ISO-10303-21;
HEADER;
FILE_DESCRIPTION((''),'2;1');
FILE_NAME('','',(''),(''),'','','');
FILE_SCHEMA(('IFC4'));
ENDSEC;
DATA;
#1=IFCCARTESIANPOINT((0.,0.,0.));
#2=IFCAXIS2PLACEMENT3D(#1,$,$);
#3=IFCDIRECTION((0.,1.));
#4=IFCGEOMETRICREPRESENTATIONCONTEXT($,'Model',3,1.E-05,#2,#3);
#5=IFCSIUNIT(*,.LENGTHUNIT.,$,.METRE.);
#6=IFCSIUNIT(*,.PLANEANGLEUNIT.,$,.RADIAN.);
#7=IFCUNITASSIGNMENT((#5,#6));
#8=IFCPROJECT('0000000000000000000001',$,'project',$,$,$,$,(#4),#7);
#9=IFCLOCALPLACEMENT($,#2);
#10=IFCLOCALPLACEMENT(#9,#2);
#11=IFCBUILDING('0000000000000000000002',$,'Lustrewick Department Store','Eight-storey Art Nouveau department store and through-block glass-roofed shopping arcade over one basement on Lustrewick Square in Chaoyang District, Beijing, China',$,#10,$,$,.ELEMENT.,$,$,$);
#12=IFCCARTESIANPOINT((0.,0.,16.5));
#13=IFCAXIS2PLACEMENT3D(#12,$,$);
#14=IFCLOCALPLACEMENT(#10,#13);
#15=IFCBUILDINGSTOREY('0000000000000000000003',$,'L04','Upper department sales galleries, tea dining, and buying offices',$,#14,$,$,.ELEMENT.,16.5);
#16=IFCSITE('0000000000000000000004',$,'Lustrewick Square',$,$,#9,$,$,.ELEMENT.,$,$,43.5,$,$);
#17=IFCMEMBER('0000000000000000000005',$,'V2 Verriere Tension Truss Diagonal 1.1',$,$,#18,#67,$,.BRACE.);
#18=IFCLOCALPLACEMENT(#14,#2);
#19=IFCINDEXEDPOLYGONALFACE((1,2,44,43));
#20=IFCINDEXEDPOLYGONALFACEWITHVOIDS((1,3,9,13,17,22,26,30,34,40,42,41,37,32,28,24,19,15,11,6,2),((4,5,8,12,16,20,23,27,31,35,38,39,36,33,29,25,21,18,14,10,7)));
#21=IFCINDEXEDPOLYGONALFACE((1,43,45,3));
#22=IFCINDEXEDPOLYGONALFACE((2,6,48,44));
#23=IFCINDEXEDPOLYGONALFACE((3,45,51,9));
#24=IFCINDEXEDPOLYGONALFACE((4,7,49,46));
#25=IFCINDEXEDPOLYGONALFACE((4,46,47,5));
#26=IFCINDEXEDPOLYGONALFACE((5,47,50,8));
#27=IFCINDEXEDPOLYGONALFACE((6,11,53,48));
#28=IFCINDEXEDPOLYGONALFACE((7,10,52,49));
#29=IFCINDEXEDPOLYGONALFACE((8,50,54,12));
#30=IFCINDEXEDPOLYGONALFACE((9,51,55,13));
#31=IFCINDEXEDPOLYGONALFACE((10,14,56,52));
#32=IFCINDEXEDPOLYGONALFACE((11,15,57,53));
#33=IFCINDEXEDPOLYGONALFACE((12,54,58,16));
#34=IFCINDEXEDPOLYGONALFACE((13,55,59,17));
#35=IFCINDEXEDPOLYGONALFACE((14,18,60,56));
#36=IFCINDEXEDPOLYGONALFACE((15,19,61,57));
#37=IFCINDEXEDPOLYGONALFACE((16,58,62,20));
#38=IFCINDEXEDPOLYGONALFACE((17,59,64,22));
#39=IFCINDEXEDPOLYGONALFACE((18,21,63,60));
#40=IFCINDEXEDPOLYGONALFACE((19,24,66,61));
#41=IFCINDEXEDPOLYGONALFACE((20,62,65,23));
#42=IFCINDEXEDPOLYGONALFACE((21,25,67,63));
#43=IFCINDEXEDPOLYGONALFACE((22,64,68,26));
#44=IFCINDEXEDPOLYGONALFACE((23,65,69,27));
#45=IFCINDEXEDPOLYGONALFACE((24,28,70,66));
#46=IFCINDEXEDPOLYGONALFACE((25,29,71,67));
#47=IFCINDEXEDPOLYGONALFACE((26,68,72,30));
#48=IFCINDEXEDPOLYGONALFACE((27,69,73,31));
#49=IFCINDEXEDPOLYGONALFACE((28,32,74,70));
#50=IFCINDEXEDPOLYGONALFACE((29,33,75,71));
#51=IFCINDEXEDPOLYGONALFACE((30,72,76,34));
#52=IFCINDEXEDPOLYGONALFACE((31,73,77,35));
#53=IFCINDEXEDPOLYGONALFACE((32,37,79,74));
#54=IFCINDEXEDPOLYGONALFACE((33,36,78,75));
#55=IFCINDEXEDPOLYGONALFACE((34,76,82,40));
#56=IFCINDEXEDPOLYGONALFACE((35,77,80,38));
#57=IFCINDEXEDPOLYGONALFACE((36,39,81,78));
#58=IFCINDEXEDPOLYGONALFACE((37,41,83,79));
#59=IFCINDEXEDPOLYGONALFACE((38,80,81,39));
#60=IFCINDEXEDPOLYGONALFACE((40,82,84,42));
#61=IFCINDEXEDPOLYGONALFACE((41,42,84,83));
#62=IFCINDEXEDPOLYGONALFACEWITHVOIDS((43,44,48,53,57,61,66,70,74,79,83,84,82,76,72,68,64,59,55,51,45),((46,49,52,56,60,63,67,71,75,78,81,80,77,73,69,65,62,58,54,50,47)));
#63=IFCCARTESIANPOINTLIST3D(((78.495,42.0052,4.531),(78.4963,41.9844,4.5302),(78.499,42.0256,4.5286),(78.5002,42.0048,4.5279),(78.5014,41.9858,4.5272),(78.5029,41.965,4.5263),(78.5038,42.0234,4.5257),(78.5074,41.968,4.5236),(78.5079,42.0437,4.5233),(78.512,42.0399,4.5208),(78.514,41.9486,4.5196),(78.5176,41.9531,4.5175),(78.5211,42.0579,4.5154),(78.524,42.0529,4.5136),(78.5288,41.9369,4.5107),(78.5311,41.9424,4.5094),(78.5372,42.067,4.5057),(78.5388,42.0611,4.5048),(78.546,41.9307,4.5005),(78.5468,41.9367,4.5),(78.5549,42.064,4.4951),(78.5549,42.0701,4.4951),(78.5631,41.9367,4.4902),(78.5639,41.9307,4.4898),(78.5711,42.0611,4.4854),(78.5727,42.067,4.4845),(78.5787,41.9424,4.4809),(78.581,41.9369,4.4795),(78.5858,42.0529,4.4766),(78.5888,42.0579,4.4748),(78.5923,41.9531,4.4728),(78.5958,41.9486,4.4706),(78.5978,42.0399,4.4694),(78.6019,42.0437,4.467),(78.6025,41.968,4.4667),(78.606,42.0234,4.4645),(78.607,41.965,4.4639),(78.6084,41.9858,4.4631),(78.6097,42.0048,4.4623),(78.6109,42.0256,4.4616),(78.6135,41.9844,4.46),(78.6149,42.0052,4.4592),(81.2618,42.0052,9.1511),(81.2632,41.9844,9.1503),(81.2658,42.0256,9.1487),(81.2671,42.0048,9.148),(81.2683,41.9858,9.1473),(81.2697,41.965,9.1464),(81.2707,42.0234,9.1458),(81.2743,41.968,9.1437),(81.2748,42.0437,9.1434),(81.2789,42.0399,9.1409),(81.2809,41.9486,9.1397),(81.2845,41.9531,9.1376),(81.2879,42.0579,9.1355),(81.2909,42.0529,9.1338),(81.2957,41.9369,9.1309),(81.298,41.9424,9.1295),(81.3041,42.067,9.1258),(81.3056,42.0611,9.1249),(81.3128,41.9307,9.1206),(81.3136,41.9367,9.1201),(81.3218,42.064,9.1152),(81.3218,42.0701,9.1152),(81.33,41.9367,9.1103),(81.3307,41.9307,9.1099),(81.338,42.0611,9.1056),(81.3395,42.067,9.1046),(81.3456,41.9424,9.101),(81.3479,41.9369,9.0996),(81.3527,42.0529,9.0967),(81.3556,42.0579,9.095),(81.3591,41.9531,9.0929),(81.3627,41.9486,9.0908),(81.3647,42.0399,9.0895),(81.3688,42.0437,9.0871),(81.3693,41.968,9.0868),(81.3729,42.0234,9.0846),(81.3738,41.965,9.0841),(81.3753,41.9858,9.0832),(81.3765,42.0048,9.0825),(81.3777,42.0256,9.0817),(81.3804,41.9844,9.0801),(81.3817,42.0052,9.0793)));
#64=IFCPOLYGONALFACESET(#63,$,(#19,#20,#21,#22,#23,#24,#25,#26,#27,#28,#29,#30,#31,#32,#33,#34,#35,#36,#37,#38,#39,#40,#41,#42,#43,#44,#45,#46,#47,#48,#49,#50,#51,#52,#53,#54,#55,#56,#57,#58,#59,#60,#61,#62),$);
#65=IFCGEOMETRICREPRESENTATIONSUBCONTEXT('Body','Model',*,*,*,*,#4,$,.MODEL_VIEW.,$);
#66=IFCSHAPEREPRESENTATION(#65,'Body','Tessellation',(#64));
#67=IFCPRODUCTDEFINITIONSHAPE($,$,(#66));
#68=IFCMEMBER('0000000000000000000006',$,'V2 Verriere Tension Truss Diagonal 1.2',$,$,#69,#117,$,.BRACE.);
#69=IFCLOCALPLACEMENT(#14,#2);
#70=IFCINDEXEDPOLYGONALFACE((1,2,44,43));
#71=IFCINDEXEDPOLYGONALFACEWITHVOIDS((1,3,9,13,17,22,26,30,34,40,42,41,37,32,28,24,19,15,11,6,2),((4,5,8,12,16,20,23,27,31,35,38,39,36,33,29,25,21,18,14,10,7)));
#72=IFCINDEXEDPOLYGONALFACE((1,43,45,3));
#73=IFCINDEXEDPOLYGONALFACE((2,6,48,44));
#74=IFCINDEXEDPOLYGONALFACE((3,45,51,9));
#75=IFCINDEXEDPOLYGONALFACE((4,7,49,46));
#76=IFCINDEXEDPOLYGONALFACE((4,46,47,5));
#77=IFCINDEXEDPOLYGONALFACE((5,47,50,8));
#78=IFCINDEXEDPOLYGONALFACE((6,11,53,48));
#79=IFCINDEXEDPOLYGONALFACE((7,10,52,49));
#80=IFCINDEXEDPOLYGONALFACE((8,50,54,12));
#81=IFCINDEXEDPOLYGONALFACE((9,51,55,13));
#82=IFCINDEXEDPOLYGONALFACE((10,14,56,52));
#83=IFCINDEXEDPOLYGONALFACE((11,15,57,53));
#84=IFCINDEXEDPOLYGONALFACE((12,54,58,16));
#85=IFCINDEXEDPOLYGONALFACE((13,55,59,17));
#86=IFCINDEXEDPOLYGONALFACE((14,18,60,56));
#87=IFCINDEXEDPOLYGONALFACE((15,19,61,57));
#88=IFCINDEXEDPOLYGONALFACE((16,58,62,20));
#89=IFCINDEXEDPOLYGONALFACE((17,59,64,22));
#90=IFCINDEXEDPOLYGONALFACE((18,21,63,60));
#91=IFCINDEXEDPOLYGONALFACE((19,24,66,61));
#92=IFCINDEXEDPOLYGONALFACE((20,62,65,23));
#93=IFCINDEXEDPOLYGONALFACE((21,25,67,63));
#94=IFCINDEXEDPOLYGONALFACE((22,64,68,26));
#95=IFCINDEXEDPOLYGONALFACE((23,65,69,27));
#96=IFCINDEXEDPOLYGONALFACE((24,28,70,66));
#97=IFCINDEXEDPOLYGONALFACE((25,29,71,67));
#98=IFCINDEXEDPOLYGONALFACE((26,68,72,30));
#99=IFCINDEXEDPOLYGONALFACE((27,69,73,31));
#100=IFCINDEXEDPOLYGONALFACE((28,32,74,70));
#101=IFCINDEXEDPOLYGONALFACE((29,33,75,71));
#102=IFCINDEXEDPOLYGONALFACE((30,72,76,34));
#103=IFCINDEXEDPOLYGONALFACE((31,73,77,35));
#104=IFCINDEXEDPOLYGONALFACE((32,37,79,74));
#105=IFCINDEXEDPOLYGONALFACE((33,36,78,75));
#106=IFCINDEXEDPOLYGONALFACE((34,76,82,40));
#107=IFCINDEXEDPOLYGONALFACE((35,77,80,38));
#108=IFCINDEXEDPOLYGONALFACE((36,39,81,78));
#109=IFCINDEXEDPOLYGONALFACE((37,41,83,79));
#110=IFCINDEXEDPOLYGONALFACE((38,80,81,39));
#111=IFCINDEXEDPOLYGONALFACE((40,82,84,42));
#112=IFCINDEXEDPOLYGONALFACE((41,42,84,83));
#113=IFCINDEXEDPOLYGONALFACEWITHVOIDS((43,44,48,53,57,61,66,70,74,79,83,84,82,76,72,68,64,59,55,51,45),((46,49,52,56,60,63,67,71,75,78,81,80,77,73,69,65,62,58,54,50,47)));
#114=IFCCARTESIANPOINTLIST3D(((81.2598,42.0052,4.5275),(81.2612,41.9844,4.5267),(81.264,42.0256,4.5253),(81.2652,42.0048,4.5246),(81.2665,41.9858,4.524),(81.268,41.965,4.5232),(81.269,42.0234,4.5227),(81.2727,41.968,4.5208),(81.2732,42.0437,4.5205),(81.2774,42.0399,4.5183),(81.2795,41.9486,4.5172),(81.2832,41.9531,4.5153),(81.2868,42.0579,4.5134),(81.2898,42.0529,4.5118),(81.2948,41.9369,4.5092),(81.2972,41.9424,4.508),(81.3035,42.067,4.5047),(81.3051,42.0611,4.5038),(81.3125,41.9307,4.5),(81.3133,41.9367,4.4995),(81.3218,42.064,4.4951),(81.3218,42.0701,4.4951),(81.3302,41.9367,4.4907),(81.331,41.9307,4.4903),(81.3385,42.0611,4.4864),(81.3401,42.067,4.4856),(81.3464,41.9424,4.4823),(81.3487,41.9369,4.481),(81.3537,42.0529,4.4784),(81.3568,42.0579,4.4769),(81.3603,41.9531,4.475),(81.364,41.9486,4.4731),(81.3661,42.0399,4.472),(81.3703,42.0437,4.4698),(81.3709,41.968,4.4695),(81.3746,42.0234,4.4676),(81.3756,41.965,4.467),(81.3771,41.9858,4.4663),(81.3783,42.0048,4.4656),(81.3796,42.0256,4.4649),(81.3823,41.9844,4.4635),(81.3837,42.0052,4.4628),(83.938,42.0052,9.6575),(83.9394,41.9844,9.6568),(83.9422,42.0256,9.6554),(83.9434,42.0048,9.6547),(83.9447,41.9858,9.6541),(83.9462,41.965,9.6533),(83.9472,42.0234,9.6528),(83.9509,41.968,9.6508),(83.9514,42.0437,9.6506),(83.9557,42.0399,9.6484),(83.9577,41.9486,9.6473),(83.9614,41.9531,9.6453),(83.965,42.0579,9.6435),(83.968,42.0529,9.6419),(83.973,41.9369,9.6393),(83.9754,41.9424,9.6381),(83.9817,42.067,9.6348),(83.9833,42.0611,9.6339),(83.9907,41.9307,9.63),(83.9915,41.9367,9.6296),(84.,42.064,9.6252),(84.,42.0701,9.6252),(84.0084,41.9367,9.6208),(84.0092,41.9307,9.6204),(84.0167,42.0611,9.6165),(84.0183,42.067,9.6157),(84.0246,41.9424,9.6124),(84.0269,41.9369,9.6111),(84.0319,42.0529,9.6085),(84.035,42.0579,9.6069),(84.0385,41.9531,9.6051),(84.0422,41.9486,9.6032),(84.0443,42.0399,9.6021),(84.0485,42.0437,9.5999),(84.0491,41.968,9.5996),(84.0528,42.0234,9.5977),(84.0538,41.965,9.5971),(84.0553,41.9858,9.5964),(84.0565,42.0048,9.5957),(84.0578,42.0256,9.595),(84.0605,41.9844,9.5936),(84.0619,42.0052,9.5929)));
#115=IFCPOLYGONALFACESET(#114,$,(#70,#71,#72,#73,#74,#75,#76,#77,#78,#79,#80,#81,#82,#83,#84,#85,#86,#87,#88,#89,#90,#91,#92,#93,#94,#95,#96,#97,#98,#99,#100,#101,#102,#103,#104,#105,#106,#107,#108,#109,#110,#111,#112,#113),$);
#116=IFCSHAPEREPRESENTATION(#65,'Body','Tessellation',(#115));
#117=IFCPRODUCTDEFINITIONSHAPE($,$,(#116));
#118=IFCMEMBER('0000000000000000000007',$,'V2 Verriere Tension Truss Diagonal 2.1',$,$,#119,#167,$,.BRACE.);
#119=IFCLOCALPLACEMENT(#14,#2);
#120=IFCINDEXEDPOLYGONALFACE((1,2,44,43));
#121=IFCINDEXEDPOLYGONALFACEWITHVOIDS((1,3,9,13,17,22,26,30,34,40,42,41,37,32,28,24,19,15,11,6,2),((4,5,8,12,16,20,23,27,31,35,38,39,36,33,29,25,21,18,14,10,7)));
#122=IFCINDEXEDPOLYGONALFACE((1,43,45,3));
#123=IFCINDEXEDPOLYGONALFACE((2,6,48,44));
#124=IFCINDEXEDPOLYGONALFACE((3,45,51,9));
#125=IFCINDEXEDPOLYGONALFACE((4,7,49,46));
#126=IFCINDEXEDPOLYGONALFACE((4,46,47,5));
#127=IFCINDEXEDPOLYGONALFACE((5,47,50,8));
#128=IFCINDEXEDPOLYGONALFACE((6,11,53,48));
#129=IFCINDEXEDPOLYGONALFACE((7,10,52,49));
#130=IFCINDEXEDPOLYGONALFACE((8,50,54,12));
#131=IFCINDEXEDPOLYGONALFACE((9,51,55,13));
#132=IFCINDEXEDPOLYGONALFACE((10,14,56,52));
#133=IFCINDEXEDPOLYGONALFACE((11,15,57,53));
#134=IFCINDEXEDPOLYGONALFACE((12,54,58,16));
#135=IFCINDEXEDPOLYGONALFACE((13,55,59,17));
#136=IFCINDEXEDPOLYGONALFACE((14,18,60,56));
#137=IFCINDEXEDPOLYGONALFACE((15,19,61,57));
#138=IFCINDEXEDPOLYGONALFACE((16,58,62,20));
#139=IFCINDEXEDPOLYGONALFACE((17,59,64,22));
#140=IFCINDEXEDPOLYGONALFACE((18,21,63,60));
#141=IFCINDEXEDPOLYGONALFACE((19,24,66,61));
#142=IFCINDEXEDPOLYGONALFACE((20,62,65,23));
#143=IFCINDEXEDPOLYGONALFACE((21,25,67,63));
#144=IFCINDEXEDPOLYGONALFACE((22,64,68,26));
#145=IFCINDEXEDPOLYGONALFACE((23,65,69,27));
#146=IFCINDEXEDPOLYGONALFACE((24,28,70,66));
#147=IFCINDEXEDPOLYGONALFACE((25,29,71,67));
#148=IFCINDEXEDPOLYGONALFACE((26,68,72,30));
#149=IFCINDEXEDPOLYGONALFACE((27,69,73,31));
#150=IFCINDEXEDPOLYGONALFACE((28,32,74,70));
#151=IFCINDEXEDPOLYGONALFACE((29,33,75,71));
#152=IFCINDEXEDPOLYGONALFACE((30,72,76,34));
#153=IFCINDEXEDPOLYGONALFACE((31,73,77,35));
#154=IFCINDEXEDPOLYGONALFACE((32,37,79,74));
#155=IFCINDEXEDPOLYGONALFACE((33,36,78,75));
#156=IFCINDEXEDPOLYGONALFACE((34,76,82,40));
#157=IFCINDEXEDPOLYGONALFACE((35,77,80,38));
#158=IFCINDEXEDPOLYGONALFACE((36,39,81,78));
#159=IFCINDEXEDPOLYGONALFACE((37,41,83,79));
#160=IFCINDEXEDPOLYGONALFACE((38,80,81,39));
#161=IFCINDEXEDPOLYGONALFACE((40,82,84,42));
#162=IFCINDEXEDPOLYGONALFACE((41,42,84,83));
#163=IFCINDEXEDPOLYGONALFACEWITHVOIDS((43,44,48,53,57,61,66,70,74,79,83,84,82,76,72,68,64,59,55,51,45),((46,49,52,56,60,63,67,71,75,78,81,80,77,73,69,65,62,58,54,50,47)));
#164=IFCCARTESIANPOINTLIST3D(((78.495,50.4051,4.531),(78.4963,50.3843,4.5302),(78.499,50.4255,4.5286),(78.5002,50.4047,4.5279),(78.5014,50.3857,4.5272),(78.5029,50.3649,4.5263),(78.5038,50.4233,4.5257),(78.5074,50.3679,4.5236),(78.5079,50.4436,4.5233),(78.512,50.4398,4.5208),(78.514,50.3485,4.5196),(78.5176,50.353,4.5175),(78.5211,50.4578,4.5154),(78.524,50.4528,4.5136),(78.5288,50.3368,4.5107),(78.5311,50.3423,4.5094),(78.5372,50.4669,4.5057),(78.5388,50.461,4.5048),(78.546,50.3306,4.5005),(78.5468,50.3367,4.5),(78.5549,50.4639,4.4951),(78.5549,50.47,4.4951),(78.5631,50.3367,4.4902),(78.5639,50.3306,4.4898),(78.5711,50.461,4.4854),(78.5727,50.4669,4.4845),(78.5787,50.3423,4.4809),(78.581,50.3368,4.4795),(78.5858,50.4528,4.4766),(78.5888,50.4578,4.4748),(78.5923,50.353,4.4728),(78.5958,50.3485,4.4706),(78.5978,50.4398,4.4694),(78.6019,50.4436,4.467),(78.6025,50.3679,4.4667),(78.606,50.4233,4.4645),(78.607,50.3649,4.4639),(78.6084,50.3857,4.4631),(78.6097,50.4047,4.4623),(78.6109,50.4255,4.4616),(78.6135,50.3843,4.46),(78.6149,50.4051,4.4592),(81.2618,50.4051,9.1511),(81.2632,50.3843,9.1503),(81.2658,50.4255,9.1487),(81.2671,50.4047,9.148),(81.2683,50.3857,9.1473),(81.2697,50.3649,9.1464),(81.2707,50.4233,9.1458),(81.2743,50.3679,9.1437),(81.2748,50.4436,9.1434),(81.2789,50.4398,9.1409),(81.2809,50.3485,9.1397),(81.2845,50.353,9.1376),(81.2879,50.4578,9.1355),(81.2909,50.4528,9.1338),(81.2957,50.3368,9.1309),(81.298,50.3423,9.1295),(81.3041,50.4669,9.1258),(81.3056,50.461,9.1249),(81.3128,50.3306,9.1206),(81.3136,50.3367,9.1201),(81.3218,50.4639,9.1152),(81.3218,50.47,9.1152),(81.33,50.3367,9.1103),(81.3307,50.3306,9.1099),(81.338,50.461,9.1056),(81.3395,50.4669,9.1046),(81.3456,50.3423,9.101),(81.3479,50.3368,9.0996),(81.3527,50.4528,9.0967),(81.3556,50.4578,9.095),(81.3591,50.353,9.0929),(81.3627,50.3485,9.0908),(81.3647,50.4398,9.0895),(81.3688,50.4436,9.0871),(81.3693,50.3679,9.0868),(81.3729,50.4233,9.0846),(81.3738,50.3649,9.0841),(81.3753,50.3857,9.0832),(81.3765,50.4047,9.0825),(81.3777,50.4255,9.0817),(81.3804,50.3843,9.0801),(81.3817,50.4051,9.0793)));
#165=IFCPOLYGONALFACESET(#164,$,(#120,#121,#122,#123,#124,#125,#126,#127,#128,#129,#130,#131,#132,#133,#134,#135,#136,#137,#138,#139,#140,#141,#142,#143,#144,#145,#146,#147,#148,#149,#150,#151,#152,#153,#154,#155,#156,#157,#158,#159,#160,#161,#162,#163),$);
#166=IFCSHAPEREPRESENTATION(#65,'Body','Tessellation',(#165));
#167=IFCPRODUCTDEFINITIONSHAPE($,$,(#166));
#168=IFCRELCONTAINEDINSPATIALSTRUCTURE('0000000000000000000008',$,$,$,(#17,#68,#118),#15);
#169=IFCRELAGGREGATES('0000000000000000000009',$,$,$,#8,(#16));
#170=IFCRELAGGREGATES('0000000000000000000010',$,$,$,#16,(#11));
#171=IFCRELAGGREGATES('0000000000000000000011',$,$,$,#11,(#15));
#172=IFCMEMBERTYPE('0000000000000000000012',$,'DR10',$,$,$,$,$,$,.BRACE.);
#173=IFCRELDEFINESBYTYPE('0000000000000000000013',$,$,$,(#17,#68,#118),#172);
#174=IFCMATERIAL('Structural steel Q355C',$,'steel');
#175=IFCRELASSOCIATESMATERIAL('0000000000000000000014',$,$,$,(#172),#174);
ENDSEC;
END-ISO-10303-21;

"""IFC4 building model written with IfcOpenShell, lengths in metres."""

from ifc_helpers import new_model, si_unit, direction, frame, origin, origin_2d, place, context, subcontext, project, spatial, hollow_circle, extrude, material, material_profile, profile_set, type_object, element, save


model = new_model("IFC4")

# Units and contexts
model_context = context("Model", 3, precision=1e-05, world=origin(), true_north=direction((0.0, 1.0)))
body_context = subcontext(model_context, "Body", "Model", "MODEL_VIEW")
ifc_project = project(units=[si_unit("LENGTHUNIT", "METRE"), si_unit("PLANEANGLEUNIT", "RADIAN")], contexts=[model_context])

# Site, building, storey
site_placement = place(None, origin())
site = spatial("IfcSite", under=ifc_project, at=site_placement, Name="Lustrewick Square", CompositionType="ELEMENT", RefElevation=43.5)
building_placement = place(site_placement, origin())
building = spatial("IfcBuilding", under=site, at=building_placement, Name="Lustrewick Department Store", Description="Eight-storey Art Nouveau department store and through-block glass-roofed shopping arcade over one basement on Lustrewick Square in Chaoyang District, Beijing, China", CompositionType="ELEMENT")
storey_placement = place(building_placement, frame((0.0, 0.0, 16.5)))
storey = spatial("IfcBuildingStorey", under=building, at=storey_placement, Name="L04", Description="Upper department sales galleries, tea dining, and buying offices", CompositionType="ELEMENT", Elevation=16.5)

# Members
ifc_material_1 = material(Name="Structural steel Q355C", Category="steel")
ifc_material_profile_1 = material_profile(ifc_material_1, hollow_circle(Radius=0.0701, WallThickness=0.0061, at=origin_2d()), Name="CHS 140x6")
ifc_profile_set_1 = profile_set([ifc_material_profile_1], Name="Structural steel Q355C")
member_type_1 = type_object("IfcMemberType", Name="DR10", PredefinedType="BRACE", material=ifc_profile_set_1)
member_1_placement = place(storey_placement, frame((78.5549, 42.0, 4.4951), z_axis=(0.513782, 0.0, 0.857921), x_axis=(0.0, 1.0, 0.0)))
element("IfcMember", 1, at=member_1_placement, inside=storey, type_object=member_type_1, Name="V2 Verriere Tension Truss Diagonal 1.1", PredefinedType="BRACE", context=body_context, shape_type="SweptSolid", body=[
    extrude(hollow_circle(Radius=0.0701, WallThickness=0.0061, at=origin_2d()), origin(), (0.0, 0.0, 1.0), 5.3853),
])
member_2_placement = place(storey_placement, frame((81.3218, 42.0, 4.4951), z_axis=(0.462788, 0.0, 0.886469), x_axis=(0.0, 1.0, 0.0)))
element("IfcMember", 2, at=member_2_placement, inside=storey, type_object=member_type_1, Name="V2 Verriere Tension Truss Diagonal 1.2", PredefinedType="BRACE", context=body_context, shape_type="SweptSolid", body=[
    extrude(hollow_circle(Radius=0.0701, WallThickness=0.0061, at=origin_2d()), origin(), (0.0, 0.0, 1.0), 5.7871),
])
member_3_placement = place(storey_placement, frame((78.5549, 50.3999, 4.4951), z_axis=(0.513782, 0.0, 0.857921), x_axis=(0.0, 1.0, 0.0)))
element("IfcMember", 3, at=member_3_placement, inside=storey, type_object=member_type_1, Name="V2 Verriere Tension Truss Diagonal 2.1", PredefinedType="BRACE", context=body_context, shape_type="SweptSolid", body=[
    extrude(hollow_circle(Radius=0.0701, WallThickness=0.0061, at=origin_2d()), origin(), (0.0, 0.0, 1.0), 5.3853),
])

save(model, "model.ifc")
